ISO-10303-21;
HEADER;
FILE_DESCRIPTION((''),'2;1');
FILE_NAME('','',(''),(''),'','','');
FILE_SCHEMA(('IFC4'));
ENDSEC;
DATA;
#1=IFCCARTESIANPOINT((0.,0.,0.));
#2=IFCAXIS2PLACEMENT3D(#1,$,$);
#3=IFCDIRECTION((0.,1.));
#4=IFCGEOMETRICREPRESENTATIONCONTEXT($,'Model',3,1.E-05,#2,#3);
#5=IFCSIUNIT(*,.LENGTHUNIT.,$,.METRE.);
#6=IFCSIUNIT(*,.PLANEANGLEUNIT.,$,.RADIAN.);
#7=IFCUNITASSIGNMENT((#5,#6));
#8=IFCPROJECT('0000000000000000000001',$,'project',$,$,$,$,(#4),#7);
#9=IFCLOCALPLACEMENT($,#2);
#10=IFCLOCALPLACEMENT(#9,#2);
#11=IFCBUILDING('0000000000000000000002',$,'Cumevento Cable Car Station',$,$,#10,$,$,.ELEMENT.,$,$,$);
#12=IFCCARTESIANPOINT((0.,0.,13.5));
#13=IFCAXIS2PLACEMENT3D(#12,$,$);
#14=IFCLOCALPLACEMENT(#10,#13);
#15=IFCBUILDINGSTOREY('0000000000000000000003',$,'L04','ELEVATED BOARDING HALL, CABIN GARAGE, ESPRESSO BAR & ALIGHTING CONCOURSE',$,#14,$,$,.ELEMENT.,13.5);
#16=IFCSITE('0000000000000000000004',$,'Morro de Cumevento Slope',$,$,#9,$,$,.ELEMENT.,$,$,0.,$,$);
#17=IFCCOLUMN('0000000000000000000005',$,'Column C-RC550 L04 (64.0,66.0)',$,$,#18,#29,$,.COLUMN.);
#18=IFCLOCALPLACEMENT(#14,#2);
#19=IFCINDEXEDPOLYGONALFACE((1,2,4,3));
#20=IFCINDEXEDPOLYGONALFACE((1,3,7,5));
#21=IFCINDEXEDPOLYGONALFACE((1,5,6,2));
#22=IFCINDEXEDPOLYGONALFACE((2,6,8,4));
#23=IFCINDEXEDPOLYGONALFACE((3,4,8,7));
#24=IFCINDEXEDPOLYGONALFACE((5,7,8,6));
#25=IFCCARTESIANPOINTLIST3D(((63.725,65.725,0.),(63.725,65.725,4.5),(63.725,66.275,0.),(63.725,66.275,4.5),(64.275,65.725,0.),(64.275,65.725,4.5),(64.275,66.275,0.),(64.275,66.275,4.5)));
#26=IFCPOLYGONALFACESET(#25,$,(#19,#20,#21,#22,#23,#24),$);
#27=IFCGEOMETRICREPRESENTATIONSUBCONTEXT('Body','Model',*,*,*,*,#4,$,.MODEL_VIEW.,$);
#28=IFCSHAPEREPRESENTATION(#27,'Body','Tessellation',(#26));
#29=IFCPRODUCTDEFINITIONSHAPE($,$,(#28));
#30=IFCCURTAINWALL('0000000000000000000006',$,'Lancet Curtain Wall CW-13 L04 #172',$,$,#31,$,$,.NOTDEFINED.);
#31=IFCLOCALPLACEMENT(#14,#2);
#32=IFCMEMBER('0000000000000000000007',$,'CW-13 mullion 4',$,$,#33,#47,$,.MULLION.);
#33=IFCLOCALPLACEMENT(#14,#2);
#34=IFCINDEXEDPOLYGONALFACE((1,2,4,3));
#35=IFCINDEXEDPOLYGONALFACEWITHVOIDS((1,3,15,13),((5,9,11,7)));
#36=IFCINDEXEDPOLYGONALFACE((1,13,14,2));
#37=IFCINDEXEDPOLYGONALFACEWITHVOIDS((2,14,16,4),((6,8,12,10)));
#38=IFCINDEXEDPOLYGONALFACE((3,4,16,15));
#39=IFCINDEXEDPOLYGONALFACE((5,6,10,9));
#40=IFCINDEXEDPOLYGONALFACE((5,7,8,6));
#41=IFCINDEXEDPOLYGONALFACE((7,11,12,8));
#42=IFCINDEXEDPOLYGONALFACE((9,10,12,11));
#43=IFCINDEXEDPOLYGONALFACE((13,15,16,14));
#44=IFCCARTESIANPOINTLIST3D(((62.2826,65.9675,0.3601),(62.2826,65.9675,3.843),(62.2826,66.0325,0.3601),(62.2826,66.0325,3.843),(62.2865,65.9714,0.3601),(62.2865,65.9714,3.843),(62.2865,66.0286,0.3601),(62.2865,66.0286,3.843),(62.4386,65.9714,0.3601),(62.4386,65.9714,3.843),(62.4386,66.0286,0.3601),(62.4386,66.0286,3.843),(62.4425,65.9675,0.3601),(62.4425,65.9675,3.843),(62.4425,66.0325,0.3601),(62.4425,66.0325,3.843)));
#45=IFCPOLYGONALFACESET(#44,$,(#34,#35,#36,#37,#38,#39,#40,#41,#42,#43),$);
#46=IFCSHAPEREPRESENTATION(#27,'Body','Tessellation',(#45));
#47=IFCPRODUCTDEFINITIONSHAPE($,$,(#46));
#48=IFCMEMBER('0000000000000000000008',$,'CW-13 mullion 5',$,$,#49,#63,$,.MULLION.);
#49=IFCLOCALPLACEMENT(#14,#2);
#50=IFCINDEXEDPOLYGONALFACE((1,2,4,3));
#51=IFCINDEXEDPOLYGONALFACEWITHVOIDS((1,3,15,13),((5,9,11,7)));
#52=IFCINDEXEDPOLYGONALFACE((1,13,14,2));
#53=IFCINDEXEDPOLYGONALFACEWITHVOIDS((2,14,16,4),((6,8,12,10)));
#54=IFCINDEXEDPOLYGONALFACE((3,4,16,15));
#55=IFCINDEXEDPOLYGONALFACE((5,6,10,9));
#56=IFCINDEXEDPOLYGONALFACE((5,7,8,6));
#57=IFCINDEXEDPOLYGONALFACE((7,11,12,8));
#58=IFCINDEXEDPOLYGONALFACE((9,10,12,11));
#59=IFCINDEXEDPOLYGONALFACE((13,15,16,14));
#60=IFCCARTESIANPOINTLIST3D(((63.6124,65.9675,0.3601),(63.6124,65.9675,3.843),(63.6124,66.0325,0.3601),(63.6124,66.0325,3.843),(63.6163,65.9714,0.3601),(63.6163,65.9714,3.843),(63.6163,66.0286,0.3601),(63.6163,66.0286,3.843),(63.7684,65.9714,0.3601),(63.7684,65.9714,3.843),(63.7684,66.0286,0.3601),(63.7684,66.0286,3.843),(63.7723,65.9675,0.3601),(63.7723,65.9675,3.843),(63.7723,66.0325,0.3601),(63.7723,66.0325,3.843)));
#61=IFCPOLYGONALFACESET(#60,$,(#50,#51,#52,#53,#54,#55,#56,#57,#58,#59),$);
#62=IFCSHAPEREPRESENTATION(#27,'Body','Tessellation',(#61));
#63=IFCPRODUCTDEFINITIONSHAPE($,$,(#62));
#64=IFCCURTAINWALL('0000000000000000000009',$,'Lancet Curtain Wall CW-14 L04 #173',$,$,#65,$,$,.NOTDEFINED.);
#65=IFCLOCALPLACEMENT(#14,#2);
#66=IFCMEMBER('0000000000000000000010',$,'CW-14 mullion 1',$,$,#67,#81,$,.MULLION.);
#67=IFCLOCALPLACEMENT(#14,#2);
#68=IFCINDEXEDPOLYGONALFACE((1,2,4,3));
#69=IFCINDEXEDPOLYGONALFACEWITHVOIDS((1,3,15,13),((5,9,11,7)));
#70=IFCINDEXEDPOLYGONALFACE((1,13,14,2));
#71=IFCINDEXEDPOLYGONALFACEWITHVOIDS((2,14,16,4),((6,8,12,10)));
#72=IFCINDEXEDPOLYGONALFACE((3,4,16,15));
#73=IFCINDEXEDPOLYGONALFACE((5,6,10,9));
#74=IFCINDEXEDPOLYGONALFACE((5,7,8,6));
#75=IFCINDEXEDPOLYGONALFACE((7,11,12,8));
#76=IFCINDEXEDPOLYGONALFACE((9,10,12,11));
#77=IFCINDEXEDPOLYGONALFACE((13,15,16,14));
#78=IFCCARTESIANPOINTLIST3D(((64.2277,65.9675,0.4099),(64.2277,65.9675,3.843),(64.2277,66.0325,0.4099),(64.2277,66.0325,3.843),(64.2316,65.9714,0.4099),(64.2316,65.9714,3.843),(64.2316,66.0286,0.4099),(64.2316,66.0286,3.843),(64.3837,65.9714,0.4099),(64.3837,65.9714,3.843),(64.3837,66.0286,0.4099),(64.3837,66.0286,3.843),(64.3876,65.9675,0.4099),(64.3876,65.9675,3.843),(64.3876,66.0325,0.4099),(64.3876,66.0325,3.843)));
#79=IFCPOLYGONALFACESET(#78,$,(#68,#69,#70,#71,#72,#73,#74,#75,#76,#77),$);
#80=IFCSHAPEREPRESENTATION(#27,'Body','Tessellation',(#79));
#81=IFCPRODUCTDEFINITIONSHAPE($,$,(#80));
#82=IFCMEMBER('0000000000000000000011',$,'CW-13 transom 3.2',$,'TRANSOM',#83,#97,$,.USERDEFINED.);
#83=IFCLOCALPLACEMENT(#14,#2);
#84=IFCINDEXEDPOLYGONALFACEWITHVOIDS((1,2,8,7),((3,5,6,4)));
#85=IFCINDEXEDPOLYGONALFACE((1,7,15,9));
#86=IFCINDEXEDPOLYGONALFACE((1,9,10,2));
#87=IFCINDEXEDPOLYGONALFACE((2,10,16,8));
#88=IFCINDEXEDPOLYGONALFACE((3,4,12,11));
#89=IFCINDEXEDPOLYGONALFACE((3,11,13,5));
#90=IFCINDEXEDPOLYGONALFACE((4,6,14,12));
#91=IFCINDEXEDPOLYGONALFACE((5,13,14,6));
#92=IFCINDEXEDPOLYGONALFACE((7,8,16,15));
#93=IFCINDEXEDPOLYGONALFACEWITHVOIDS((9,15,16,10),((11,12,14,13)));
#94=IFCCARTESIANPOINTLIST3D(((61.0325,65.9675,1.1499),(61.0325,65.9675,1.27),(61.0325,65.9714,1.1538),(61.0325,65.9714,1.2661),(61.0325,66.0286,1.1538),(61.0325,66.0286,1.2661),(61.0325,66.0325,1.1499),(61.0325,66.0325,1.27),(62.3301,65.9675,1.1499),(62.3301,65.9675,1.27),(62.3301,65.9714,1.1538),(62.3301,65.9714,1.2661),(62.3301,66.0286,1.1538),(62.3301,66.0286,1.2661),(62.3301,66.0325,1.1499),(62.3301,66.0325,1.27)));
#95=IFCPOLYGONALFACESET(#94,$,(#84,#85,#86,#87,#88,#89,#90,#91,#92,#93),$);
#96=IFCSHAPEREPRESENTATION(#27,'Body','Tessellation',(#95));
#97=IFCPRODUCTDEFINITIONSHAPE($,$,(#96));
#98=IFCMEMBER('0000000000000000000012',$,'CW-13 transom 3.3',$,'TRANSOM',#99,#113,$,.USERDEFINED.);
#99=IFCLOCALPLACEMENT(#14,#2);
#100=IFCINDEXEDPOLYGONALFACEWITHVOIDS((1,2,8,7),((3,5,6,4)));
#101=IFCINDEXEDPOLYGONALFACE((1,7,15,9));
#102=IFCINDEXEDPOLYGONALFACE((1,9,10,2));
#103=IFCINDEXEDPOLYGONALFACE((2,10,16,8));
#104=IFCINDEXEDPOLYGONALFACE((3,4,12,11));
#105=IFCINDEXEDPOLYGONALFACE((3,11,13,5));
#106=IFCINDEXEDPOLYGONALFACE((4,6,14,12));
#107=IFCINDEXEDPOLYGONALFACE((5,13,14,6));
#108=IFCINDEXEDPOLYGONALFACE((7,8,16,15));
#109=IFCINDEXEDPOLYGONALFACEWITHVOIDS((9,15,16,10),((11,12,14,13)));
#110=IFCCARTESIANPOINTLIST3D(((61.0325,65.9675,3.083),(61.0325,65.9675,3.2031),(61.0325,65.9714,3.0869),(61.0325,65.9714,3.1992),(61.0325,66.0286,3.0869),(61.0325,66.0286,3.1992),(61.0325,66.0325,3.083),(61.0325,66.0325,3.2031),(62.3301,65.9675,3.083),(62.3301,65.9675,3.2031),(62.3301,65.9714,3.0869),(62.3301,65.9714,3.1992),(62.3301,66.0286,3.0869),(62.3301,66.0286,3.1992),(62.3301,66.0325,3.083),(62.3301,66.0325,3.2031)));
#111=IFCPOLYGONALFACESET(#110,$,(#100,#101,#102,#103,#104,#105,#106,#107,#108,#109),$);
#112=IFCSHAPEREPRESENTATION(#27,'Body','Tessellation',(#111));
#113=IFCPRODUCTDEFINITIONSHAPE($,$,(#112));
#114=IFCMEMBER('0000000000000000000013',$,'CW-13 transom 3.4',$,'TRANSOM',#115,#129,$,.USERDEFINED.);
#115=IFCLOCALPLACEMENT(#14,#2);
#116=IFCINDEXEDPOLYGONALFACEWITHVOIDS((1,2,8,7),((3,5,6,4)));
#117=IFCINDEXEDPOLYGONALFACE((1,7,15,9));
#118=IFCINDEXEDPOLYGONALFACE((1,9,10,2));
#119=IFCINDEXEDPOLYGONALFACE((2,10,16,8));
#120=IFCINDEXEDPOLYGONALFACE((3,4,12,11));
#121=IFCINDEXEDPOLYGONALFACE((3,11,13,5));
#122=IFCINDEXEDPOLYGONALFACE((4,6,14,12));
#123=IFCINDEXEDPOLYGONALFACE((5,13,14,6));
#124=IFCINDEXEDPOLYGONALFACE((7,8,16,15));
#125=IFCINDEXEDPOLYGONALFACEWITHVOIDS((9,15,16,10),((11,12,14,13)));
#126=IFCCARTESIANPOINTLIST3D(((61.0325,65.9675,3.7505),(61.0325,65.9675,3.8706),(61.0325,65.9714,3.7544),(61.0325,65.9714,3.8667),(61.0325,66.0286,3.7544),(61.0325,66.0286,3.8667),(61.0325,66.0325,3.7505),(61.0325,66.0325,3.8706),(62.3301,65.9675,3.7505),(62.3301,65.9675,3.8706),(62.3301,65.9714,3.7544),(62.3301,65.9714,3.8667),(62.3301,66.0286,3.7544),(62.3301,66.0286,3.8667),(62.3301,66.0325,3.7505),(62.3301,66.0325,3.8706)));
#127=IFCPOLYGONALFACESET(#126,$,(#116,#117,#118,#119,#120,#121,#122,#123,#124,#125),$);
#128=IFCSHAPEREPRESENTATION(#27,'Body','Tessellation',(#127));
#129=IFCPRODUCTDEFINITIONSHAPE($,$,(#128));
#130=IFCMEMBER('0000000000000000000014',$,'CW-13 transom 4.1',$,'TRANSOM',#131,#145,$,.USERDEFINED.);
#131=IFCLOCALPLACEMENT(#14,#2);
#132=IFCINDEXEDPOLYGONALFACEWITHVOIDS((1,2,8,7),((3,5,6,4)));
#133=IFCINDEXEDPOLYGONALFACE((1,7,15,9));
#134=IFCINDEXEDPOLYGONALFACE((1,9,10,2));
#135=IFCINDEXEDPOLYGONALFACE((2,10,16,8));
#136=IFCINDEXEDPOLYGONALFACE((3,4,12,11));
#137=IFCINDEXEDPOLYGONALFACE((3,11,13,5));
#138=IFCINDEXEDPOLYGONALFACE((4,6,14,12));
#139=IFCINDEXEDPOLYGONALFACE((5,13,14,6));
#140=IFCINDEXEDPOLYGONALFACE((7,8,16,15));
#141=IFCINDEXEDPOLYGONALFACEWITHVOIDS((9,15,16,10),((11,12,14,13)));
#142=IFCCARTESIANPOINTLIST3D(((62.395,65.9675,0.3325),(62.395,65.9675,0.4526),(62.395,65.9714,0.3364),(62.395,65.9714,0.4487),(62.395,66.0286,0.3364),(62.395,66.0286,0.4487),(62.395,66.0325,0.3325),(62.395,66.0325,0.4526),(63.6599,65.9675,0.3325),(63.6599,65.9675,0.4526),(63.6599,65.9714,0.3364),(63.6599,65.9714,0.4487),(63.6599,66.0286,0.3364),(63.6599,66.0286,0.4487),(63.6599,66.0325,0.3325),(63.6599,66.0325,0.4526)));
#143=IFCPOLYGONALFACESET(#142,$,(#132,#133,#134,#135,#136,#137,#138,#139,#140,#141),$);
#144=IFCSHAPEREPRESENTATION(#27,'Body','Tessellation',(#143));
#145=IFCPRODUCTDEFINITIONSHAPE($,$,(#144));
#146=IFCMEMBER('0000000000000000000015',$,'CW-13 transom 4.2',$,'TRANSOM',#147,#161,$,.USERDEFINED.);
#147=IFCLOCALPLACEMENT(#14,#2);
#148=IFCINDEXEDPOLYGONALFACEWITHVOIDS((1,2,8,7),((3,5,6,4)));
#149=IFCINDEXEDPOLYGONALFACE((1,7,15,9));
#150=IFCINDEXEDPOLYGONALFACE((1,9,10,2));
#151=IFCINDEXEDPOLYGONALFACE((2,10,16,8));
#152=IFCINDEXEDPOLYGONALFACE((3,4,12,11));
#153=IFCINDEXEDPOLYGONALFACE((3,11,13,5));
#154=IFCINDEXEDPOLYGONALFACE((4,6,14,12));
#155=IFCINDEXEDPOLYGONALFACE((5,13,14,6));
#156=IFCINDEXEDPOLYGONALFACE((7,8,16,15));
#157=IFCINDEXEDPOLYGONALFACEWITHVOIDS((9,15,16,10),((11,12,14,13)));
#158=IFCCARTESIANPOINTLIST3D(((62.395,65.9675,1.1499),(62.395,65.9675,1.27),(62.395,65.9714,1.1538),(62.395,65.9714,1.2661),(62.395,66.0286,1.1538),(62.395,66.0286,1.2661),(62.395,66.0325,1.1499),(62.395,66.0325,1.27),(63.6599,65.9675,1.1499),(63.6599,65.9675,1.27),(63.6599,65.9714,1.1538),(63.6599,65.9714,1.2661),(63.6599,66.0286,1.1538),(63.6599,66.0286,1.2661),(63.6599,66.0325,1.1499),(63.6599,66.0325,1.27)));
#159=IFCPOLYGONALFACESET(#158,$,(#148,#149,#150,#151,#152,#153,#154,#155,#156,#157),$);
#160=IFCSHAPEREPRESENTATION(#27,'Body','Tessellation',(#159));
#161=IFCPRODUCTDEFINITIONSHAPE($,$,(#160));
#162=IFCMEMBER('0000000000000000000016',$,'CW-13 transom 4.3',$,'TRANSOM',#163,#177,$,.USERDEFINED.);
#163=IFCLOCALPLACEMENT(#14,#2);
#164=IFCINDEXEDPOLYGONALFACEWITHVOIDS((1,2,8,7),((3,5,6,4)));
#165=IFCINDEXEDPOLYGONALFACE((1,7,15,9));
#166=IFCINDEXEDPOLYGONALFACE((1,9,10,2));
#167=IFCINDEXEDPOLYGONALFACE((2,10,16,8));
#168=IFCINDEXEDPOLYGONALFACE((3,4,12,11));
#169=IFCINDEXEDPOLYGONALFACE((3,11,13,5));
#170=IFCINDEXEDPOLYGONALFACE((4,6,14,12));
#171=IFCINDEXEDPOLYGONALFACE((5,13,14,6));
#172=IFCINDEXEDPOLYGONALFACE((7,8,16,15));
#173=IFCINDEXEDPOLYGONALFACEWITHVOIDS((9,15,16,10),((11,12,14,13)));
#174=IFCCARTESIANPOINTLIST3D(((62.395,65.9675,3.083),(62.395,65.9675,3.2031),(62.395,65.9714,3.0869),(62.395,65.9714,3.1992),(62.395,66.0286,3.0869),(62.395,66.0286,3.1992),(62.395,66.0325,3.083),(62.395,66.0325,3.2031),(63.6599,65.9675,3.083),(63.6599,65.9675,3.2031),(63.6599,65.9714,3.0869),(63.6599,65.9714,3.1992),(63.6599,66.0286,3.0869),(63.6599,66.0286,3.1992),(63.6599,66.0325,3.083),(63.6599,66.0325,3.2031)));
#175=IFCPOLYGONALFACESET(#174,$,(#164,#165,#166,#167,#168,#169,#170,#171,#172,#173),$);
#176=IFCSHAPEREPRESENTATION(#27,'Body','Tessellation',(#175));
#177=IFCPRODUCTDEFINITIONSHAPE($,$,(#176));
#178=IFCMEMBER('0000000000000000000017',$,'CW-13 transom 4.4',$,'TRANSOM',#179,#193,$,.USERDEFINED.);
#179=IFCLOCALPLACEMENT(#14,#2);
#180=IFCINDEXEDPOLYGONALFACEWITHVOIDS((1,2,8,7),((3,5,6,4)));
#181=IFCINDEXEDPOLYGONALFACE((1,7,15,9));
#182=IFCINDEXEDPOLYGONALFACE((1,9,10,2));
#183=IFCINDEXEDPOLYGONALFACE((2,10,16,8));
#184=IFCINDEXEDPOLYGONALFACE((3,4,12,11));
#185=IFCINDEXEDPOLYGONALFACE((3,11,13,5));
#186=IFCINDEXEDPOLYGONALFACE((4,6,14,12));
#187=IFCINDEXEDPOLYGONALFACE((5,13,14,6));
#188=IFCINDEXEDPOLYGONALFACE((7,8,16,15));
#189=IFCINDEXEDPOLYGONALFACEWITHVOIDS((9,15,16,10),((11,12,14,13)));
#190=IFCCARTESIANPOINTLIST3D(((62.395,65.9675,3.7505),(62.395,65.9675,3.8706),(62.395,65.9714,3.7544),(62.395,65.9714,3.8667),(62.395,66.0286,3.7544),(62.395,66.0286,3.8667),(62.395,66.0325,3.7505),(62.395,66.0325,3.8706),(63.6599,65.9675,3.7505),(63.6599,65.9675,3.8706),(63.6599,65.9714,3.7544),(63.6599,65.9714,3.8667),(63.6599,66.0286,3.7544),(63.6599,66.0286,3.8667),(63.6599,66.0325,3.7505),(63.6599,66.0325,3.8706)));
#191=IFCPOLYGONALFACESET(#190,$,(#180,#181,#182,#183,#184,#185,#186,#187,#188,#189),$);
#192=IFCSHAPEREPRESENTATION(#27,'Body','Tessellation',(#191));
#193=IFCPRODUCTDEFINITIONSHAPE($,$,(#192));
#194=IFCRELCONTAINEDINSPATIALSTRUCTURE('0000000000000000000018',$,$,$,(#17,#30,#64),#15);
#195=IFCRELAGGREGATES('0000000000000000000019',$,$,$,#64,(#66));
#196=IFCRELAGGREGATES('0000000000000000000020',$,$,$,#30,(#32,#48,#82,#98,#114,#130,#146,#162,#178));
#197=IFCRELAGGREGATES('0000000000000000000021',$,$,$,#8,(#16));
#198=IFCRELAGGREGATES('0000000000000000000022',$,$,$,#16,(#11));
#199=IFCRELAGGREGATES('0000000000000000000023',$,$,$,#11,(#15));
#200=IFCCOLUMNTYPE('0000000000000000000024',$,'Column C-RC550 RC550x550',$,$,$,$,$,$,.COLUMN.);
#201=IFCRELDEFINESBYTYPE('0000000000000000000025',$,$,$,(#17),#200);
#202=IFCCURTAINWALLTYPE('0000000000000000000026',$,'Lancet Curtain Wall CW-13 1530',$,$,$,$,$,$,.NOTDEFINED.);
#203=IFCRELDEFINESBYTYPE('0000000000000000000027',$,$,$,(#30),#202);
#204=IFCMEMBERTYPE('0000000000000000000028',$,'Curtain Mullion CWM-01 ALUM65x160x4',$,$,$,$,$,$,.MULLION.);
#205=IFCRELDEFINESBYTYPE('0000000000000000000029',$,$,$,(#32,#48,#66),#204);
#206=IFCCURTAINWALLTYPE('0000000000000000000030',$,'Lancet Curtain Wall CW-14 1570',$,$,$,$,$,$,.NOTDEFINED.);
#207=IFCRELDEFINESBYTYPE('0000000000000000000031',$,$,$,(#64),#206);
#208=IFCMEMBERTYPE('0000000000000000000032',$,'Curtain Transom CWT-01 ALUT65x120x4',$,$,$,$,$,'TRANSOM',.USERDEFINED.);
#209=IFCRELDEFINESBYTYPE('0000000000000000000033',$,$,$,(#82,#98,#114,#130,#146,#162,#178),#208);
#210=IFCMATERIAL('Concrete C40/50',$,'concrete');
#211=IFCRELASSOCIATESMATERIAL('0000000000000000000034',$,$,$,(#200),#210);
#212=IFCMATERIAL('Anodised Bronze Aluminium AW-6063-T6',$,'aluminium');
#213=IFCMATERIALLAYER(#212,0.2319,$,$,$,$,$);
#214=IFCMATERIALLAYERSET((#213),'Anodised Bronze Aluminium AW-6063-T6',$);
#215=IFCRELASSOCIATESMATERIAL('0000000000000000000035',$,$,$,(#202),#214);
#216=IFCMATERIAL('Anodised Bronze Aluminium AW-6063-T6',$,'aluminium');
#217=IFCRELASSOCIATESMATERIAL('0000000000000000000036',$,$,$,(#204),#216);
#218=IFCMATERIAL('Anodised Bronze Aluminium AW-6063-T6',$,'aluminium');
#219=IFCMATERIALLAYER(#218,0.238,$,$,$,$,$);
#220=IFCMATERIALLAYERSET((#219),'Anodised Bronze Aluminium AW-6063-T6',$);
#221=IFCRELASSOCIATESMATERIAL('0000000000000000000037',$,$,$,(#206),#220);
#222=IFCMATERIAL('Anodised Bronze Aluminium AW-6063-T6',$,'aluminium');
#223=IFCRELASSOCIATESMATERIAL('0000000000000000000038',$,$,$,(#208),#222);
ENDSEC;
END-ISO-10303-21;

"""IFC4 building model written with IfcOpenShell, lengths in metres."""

from ifc_helpers import new_model, si_unit, direction, frame, origin, origin_2d, place, context, subcontext, project, spatial, rectangle, hollow_rectangle, extrude, material, layer, layer_set, material_profile, profile_set, type_object, element, aggregate, save


model = new_model("IFC4")

# Units and contexts
model_context = context("Model", 3, precision=1e-05, world=origin(), true_north=direction((0.0, 1.0)))
body_context = subcontext(model_context, "Body", "Model", "MODEL_VIEW")
ifc_project = project(units=[si_unit("LENGTHUNIT", "METRE"), si_unit("PLANEANGLEUNIT", "RADIAN")], contexts=[model_context])

# Site, building, storey
site_placement = place(None, origin())
site = spatial("IfcSite", under=ifc_project, at=site_placement, Name="Morro de Cumevento Slope", CompositionType="ELEMENT", RefElevation=0.0)
building_placement = place(site_placement, origin())
building = spatial("IfcBuilding", under=site, at=building_placement, Name="Cumevento Cable Car Station", CompositionType="ELEMENT")
storey_placement = place(building_placement, frame((0.0, 0.0, 13.5)))
storey = spatial("IfcBuildingStorey", under=building, at=storey_placement, Name="L04", Description="ELEVATED BOARDING HALL, CABIN GARAGE, ESPRESSO BAR & ALIGHTING CONCOURSE", CompositionType="ELEMENT", Elevation=13.5)

# Column
ifc_material_1 = material(Name="Concrete C40/50", Category="concrete")
ifc_material_profile_1 = material_profile(ifc_material_1, rectangle(XDim=0.55, YDim=0.55, at=origin_2d()), Name="RC550x550")
ifc_profile_set_1 = profile_set([ifc_material_profile_1], Name="Concrete C40/50")
column_type = type_object("IfcColumnType", Name="Column C-RC550 RC550x550", PredefinedType="COLUMN", material=ifc_profile_set_1)
column_placement = place(storey_placement, frame((64.0, 66.0, 0.0), z_axis=(0.0, 0.0, 1.0), x_axis=(1.0, 0.0, 0.0)))
element("IfcColumn", 1, at=column_placement, inside=storey, type_object=column_type, Name="Column C-RC550 L04 (64.0,66.0)", PredefinedType="COLUMN", context=body_context, shape_type="SweptSolid", body=[
    extrude(rectangle(XDim=0.55, YDim=0.55, at=origin_2d()), origin(), (0.0, 0.0, 1.0), 4.5),
])

# Curtain wall, members
ifc_material_2 = material(Name="Anodised Bronze Aluminium AW-6063-T6", Category="aluminium")
ifc_layer_1 = layer(ifc_material_2, 0.2319)
ifc_layer_set_1 = layer_set([ifc_layer_1], Name="Anodised Bronze Aluminium AW-6063-T6")
curtain_wall_type_1 = type_object("IfcCurtainWallType", Name="Lancet Curtain Wall CW-13 1530", PredefinedType="NOTDEFINED", material=ifc_layer_set_1)
curtain_wall_1_placement = place(storey_placement, origin())
curtain_wall_1 = element("IfcCurtainWall", 2, at=curtain_wall_1_placement, inside=storey, type_object=curtain_wall_type_1, Name="Lancet Curtain Wall CW-13 L04 #172", PredefinedType="NOTDEFINED")
ifc_material_3 = material(Name="Anodised Bronze Aluminium AW-6063-T6", Category="aluminium")
ifc_material_profile_2 = material_profile(ifc_material_3, hollow_rectangle(XDim=0.0649, YDim=0.1599, WallThickness=0.0039, at=origin_2d()), Name="ALUM65x160x4")
ifc_profile_set_2 = profile_set([ifc_material_profile_2], Name="Anodised Bronze Aluminium AW-6063-T6")
member_type_1 = type_object("IfcMemberType", Name="Curtain Mullion CWM-01 ALUM65x160x4", PredefinedType="MULLION", material=ifc_profile_set_2)
member_1_placement = place(storey_placement, frame((62.3625, 66.0, 0.3601), z_axis=(0.0, 0.0, 1.0), x_axis=(0.0, 1.0, 0.0)))
member_1 = element("IfcMember", 3, at=member_1_placement, type_object=member_type_1, Name="CW-13 mullion 4", PredefinedType="MULLION", context=body_context, shape_type="SweptSolid", body=[
    extrude(hollow_rectangle(XDim=0.0649, YDim=0.1599, WallThickness=0.0039, at=origin_2d()), origin(), (0.0, 0.0, 1.0), 3.4829),
])
member_2_placement = place(storey_placement, frame((63.6924, 66.0, 0.3601), z_axis=(0.0, 0.0, 1.0), x_axis=(0.0, 1.0, 0.0)))
member_2 = element("IfcMember", 4, at=member_2_placement, type_object=member_type_1, Name="CW-13 mullion 5", PredefinedType="MULLION", context=body_context, shape_type="SweptSolid", body=[
    extrude(hollow_rectangle(XDim=0.0649, YDim=0.1599, WallThickness=0.0039, at=origin_2d()), origin(), (0.0, 0.0, 1.0), 3.4829),
])

# Curtain wall, member
ifc_material_4 = material(Name="Anodised Bronze Aluminium AW-6063-T6", Category="aluminium")
ifc_layer_2 = layer(ifc_material_4, 0.238)
ifc_layer_set_2 = layer_set([ifc_layer_2], Name="Anodised Bronze Aluminium AW-6063-T6")
curtain_wall_type_2 = type_object("IfcCurtainWallType", Name="Lancet Curtain Wall CW-14 1570", PredefinedType="NOTDEFINED", material=ifc_layer_set_2)
curtain_wall_2_placement = place(storey_placement, origin())
curtain_wall_2 = element("IfcCurtainWall", 5, at=curtain_wall_2_placement, inside=storey, type_object=curtain_wall_type_2, Name="Lancet Curtain Wall CW-14 L04 #173", PredefinedType="NOTDEFINED")
member_3_placement = place(storey_placement, frame((64.3076, 66.0, 0.4099), z_axis=(0.0, 0.0, 1.0), x_axis=(0.0, 1.0, 0.0)))
member_3 = element("IfcMember", 6, at=member_3_placement, type_object=member_type_1, Name="CW-14 mullion 1", PredefinedType="MULLION", context=body_context, shape_type="SweptSolid", body=[
    extrude(hollow_rectangle(XDim=0.0649, YDim=0.1599, WallThickness=0.0039, at=origin_2d()), origin(), (0.0, 0.0, 1.0), 3.4331),
])

# Members
ifc_material_5 = material(Name="Anodised Bronze Aluminium AW-6063-T6", Category="aluminium")
ifc_material_profile_3 = material_profile(ifc_material_5, hollow_rectangle(XDim=0.0649, YDim=0.1201, WallThickness=0.0039, at=origin_2d()), Name="ALUT65x120x4")
ifc_profile_set_3 = profile_set([ifc_material_profile_3], Name="Anodised Bronze Aluminium AW-6063-T6")
member_type_2 = type_object("IfcMemberType", Name="Curtain Transom CWT-01 ALUT65x120x4", ElementType="TRANSOM", PredefinedType="USERDEFINED", material=ifc_profile_set_3)
member_4_placement = place(storey_placement, frame((61.0325, 66.0, 1.21), z_axis=(1.0, 0.0, 0.0), x_axis=(0.0, 1.0, 0.0)))
member_4 = element("IfcMember", 7, at=member_4_placement, type_object=member_type_2, Name="CW-13 transom 3.2", ObjectType="TRANSOM", PredefinedType="USERDEFINED", context=body_context, shape_type="SweptSolid", body=[
    extrude(hollow_rectangle(XDim=0.0649, YDim=0.1201, WallThickness=0.0039, at=origin_2d()), origin(), (0.0, 0.0, 1.0), 1.2976),
])
member_5_placement = place(storey_placement, frame((61.0325, 66.0, 3.1431), z_axis=(1.0, 0.0, 0.0), x_axis=(0.0, 1.0, 0.0)))
member_5 = element("IfcMember", 8, at=member_5_placement, type_object=member_type_2, Name="CW-13 transom 3.3", ObjectType="TRANSOM", PredefinedType="USERDEFINED", context=body_context, shape_type="SweptSolid", body=[
    extrude(hollow_rectangle(XDim=0.0649, YDim=0.1201, WallThickness=0.0039, at=origin_2d()), origin(), (0.0, 0.0, 1.0), 1.2976),
])
member_6_placement = place(storey_placement, frame((61.0325, 66.0, 3.8105), z_axis=(1.0, 0.0, 0.0), x_axis=(0.0, 1.0, 0.0)))
member_6 = element("IfcMember", 9, at=member_6_placement, type_object=member_type_2, Name="CW-13 transom 3.4", ObjectType="TRANSOM", PredefinedType="USERDEFINED", context=body_context, shape_type="SweptSolid", body=[
    extrude(hollow_rectangle(XDim=0.0649, YDim=0.1201, WallThickness=0.0039, at=origin_2d()), origin(), (0.0, 0.0, 1.0), 1.2976),
])
member_7_placement = place(storey_placement, frame((62.395, 66.0, 0.3926), z_axis=(1.0, 0.0, 0.0), x_axis=(0.0, 1.0, 0.0)))
member_7 = element("IfcMember", 10, at=member_7_placement, type_object=member_type_2, Name="CW-13 transom 4.1", ObjectType="TRANSOM", PredefinedType="USERDEFINED", context=body_context, shape_type="SweptSolid", body=[
    extrude(hollow_rectangle(XDim=0.0649, YDim=0.1201, WallThickness=0.0039, at=origin_2d()), origin(), (0.0, 0.0, 1.0), 1.2649),
])
member_8_placement = place(storey_placement, frame((62.395, 66.0, 1.21), z_axis=(1.0, 0.0, 0.0), x_axis=(0.0, 1.0, 0.0)))
member_8 = element("IfcMember", 11, at=member_8_placement, type_object=member_type_2, Name="CW-13 transom 4.2", ObjectType="TRANSOM", PredefinedType="USERDEFINED", context=body_context, shape_type="SweptSolid", body=[
    extrude(hollow_rectangle(XDim=0.0649, YDim=0.1201, WallThickness=0.0039, at=origin_2d()), origin(), (0.0, 0.0, 1.0), 1.2649),
])
member_9_placement = place(storey_placement, frame((62.395, 66.0, 3.1431), z_axis=(1.0, 0.0, 0.0), x_axis=(0.0, 1.0, 0.0)))
member_9 = element("IfcMember", 12, at=member_9_placement, type_object=member_type_2, Name="CW-13 transom 4.3", ObjectType="TRANSOM", PredefinedType="USERDEFINED", context=body_context, shape_type="SweptSolid", body=[
    extrude(hollow_rectangle(XDim=0.0649, YDim=0.1201, WallThickness=0.0039, at=origin_2d()), origin(), (0.0, 0.0, 1.0), 1.2649),
])
member_10_placement = place(storey_placement, frame((62.395, 66.0, 3.8105), z_axis=(1.0, 0.0, 0.0), x_axis=(0.0, 1.0, 0.0)))
member_10 = element("IfcMember", 13, at=member_10_placement, type_object=member_type_2, Name="CW-13 transom 4.4", ObjectType="TRANSOM", PredefinedType="USERDEFINED", context=body_context, shape_type="SweptSolid", body=[
    extrude(hollow_rectangle(XDim=0.0649, YDim=0.1201, WallThickness=0.0039, at=origin_2d()), origin(), (0.0, 0.0, 1.0), 1.2649),
])
aggregate(curtain_wall_2, [member_3])

aggregate(curtain_wall_1, [member_1, member_2, member_4, member_5, member_6, member_7, member_8, member_9, member_10])

save(model, "model.ifc")
